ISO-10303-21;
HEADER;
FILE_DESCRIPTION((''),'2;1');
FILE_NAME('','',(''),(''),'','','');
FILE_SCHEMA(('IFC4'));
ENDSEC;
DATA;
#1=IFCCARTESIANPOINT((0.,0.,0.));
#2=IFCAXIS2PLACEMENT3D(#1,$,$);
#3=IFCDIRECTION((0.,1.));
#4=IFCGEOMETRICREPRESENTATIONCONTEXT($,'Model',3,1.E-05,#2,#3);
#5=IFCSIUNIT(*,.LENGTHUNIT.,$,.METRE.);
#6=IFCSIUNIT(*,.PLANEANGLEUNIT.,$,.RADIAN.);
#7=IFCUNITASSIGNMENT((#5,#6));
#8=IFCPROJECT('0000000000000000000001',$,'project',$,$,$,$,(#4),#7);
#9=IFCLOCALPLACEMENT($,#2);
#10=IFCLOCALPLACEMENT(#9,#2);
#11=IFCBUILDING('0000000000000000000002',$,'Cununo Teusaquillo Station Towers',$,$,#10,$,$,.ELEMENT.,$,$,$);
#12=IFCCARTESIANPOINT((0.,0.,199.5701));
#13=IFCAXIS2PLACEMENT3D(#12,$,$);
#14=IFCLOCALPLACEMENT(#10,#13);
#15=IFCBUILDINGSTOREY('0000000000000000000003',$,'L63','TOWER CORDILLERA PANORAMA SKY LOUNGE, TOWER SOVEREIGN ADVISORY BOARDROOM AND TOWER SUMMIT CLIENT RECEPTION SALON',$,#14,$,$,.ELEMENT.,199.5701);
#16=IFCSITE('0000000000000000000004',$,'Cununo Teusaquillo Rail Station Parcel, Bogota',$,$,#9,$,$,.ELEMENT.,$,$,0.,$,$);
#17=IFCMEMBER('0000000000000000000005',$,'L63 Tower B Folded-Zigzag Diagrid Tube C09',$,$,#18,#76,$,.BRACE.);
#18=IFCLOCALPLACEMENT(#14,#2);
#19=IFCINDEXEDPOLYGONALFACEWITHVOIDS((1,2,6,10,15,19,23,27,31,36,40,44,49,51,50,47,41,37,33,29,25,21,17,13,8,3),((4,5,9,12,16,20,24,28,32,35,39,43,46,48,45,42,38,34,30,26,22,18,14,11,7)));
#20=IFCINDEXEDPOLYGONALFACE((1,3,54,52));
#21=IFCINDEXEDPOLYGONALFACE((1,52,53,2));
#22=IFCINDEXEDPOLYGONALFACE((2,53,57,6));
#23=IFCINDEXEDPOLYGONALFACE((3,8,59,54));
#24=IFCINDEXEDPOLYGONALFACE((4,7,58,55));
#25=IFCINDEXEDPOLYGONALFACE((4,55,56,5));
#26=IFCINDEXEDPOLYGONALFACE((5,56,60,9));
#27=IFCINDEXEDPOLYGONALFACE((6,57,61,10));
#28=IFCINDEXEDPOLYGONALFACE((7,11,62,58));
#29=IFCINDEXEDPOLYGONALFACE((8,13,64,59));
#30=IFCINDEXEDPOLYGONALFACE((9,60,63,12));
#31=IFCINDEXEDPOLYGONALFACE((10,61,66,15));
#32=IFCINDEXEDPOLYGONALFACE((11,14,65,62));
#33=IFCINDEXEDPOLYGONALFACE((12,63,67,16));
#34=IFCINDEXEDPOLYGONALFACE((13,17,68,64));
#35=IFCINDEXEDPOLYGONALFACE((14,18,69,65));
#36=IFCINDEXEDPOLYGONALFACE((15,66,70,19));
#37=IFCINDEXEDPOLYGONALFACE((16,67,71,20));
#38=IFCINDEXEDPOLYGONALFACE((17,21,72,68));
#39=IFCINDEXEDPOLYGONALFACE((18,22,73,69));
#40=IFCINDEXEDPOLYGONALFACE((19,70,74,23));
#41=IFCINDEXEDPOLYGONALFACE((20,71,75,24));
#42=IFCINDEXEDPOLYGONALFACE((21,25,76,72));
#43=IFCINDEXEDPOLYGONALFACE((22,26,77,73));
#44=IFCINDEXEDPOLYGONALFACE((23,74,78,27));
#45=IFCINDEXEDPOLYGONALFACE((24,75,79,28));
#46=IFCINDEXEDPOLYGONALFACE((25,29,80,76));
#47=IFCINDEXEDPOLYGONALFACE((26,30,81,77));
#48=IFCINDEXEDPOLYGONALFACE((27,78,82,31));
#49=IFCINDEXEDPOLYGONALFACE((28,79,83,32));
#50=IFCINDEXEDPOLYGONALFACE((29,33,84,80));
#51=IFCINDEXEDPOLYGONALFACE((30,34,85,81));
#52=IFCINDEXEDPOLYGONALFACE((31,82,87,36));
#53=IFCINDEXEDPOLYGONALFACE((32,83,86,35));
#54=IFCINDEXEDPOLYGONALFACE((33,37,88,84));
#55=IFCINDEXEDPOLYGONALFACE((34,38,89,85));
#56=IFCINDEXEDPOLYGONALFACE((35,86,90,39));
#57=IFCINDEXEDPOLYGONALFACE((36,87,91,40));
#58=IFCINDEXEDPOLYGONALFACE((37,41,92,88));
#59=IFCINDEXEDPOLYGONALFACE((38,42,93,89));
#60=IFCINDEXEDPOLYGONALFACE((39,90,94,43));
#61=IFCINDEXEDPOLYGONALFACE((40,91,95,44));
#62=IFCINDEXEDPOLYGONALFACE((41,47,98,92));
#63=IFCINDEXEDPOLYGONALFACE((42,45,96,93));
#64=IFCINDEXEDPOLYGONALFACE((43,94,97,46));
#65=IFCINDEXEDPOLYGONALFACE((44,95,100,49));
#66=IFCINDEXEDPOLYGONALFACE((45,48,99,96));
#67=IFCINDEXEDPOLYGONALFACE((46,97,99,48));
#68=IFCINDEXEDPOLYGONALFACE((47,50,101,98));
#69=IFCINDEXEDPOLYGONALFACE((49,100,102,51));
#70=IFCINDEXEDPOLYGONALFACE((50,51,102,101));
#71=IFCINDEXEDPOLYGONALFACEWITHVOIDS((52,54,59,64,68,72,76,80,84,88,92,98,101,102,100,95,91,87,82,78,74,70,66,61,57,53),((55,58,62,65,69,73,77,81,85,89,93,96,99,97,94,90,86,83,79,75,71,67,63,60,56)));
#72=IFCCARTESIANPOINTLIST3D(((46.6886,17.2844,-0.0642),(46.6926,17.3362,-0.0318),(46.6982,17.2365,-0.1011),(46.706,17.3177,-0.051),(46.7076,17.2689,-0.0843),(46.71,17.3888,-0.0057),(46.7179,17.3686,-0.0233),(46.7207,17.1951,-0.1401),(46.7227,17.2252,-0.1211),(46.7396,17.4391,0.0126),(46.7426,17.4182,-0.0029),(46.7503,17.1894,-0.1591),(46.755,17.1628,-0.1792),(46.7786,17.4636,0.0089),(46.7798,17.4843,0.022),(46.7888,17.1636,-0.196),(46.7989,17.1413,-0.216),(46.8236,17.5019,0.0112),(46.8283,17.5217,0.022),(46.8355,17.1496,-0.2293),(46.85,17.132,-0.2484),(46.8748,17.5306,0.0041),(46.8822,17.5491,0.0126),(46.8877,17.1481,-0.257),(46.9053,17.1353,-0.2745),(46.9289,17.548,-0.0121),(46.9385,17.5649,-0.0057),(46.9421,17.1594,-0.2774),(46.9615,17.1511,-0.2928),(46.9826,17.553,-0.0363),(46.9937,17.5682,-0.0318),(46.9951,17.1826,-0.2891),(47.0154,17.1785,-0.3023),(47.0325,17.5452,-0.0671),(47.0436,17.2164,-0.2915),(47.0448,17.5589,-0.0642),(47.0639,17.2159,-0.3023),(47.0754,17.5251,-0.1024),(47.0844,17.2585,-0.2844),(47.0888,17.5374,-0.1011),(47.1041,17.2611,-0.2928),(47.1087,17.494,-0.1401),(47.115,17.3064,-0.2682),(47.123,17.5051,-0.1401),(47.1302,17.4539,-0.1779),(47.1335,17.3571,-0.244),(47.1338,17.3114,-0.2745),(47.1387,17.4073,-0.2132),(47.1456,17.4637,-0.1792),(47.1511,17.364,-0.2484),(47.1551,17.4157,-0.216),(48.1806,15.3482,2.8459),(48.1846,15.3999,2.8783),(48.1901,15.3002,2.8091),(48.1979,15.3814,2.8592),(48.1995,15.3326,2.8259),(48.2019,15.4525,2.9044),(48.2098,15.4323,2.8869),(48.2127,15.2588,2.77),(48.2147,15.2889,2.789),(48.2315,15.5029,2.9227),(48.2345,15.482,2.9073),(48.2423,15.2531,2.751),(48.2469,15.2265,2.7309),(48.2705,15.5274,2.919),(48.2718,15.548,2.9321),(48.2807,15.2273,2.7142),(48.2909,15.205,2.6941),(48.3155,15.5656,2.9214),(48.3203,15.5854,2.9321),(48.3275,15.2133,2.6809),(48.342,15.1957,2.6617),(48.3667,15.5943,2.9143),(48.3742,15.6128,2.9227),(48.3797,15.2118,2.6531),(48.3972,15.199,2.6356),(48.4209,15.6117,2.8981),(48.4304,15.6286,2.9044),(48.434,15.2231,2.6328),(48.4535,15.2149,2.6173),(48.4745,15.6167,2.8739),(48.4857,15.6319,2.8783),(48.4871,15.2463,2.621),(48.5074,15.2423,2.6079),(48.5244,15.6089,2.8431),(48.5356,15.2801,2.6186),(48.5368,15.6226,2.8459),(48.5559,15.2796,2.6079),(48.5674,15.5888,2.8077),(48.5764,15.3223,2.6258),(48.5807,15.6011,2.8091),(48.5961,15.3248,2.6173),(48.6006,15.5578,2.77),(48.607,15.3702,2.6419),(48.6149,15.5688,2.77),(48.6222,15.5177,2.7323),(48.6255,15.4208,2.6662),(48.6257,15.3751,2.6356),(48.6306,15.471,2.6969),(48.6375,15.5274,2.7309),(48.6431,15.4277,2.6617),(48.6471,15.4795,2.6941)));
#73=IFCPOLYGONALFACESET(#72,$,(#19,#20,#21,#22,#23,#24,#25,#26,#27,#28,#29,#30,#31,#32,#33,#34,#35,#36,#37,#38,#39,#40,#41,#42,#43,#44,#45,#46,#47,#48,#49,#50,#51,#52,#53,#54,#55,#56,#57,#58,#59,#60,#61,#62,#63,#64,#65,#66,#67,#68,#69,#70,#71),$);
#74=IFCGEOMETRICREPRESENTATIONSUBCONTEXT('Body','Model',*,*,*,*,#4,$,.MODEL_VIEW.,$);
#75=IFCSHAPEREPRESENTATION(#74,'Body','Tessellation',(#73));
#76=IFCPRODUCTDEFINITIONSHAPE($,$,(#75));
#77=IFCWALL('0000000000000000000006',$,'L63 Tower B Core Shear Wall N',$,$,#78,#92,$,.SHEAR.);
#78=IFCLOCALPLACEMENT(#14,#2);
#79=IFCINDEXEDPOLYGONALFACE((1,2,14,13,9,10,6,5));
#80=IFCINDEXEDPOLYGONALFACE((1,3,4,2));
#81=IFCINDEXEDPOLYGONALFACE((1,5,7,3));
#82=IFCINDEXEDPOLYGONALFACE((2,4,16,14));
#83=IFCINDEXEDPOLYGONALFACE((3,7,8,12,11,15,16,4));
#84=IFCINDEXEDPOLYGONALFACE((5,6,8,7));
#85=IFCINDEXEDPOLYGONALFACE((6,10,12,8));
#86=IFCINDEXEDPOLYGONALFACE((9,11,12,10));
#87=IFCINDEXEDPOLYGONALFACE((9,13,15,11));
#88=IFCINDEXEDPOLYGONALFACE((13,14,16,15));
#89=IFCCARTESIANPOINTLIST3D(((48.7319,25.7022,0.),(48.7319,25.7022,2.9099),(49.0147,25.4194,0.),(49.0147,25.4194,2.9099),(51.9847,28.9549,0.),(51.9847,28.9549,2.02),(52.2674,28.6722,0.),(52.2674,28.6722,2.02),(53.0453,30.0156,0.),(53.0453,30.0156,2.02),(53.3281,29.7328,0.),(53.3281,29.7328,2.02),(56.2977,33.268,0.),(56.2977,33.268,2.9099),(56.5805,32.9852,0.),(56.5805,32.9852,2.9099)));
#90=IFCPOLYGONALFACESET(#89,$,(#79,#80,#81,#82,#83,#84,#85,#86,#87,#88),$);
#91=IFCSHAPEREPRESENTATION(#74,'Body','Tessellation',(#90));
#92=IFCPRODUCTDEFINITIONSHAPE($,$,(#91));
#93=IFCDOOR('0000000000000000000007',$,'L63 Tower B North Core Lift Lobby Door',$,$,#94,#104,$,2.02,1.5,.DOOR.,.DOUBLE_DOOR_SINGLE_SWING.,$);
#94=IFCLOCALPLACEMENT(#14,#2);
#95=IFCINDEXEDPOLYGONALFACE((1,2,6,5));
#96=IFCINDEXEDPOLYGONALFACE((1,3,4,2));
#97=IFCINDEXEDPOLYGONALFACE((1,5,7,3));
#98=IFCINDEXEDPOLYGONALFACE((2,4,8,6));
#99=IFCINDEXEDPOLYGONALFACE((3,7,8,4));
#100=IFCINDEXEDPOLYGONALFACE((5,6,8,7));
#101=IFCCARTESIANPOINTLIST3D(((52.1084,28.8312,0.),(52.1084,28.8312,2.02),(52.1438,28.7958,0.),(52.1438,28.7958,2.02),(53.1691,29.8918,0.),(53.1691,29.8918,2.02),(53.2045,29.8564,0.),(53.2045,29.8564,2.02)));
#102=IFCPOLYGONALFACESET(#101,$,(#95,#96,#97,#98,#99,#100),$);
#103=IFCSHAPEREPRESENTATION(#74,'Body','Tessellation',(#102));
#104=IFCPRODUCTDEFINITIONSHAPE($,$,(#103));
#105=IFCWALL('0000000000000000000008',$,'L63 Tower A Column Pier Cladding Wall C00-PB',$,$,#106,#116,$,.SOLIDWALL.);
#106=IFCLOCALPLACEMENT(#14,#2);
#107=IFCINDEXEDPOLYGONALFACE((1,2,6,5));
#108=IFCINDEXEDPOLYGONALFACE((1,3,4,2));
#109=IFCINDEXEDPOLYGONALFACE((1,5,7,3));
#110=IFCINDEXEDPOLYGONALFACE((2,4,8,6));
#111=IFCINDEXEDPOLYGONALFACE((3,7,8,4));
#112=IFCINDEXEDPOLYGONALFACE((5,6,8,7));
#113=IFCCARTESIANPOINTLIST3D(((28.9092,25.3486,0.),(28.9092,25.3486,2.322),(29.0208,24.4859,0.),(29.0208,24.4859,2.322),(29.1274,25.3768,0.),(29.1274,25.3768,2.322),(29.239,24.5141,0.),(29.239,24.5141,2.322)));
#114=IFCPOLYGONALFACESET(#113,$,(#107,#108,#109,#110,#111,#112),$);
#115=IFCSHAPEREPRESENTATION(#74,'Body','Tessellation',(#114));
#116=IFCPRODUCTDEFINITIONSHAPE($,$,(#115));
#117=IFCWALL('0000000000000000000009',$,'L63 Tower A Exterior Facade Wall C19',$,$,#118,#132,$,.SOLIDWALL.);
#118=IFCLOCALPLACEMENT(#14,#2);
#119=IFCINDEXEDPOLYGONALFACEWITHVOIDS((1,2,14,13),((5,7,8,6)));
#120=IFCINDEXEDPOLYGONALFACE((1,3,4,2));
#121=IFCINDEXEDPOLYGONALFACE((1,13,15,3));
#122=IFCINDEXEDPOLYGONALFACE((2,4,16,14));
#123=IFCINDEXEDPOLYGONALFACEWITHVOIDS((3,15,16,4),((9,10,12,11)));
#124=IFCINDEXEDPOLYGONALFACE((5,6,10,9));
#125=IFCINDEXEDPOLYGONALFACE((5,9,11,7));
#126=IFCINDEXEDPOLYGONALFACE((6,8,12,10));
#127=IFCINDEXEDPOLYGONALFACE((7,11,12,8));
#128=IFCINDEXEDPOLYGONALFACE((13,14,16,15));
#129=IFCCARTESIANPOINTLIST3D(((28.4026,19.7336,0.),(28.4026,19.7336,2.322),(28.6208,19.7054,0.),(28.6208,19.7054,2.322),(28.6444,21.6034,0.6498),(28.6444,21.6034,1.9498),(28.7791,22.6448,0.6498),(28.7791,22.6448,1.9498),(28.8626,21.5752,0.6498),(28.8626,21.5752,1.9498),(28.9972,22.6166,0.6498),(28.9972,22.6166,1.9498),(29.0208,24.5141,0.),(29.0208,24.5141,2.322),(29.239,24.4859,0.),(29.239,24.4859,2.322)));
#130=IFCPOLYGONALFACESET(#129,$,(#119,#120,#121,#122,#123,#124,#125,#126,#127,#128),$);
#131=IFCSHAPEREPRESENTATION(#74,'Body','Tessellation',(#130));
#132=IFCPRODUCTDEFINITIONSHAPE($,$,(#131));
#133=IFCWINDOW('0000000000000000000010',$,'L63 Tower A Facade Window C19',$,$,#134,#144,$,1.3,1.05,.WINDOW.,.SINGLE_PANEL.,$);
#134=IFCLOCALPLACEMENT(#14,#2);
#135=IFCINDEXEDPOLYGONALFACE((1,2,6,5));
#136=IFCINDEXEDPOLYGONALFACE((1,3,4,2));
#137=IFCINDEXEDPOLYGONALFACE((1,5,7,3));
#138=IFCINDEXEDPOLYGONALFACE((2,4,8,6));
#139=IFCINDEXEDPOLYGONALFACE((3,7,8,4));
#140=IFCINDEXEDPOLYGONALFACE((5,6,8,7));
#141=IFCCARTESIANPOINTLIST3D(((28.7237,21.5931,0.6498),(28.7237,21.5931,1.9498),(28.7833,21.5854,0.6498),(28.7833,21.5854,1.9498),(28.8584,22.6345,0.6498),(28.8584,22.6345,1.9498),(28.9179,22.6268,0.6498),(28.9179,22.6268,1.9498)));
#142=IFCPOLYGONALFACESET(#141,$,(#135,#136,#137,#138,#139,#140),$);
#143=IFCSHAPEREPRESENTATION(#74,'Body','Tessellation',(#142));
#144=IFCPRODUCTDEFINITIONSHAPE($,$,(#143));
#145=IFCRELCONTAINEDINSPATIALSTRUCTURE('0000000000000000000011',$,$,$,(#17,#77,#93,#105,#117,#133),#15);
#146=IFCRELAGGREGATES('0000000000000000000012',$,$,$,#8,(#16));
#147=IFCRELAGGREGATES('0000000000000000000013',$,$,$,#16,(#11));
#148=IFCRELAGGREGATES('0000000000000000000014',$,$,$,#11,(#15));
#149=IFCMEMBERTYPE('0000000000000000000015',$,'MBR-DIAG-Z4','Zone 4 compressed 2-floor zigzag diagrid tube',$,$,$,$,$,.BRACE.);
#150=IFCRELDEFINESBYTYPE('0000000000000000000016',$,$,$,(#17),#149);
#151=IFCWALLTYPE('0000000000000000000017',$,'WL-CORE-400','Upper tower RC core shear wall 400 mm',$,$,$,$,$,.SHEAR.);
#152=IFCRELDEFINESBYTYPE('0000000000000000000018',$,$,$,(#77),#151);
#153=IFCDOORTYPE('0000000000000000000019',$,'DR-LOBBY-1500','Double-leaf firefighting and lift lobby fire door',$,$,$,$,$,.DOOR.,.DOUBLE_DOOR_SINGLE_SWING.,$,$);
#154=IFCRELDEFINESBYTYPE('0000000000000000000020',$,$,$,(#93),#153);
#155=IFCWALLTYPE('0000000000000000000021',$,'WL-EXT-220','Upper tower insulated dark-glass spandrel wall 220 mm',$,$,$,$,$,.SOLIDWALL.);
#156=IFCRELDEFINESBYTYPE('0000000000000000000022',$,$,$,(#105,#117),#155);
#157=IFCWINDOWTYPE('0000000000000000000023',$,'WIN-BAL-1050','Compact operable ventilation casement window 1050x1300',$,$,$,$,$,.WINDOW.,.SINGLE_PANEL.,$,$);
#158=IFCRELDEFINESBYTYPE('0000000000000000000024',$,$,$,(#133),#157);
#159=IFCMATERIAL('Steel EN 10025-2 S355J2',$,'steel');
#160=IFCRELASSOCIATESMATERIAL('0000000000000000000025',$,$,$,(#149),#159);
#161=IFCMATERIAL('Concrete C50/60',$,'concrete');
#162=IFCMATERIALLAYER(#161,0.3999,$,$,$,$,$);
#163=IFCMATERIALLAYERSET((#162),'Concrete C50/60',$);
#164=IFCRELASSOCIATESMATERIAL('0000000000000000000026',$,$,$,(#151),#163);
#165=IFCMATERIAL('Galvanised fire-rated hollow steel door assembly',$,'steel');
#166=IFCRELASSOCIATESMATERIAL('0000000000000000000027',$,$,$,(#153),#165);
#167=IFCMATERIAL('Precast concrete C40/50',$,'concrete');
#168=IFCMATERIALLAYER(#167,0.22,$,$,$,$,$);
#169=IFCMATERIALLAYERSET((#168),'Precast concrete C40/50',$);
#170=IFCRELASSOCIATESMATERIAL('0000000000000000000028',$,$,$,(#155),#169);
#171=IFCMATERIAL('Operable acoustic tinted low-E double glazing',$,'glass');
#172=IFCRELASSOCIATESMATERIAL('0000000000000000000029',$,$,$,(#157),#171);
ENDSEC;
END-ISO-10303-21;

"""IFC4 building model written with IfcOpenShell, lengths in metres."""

from ifc_helpers import new_model, si_unit, direction, frame, frame_2d, origin, origin_2d, place, context, subcontext, project, spatial, rectangle, hollow_circle, extrude, source, transform, mapped, material, layer, layer_set, material_profile, profile_set, type_object, element, fill, save


model = new_model("IFC4")

# Units and contexts
model_context = context("Model", 3, precision=1e-05, world=origin(), true_north=direction((0.0, 1.0)))
body_context = subcontext(model_context, "Body", "Model", "MODEL_VIEW")
ifc_project = project(units=[si_unit("LENGTHUNIT", "METRE"), si_unit("PLANEANGLEUNIT", "RADIAN")], contexts=[model_context])

# Site, building, storey
site_placement = place(None, origin())
site = spatial("IfcSite", under=ifc_project, at=site_placement, Name="Cununo Teusaquillo Rail Station Parcel, Bogota", CompositionType="ELEMENT", RefElevation=0.0)
building_placement = place(site_placement, origin())
building = spatial("IfcBuilding", under=site, at=building_placement, Name="Cununo Teusaquillo Station Towers", CompositionType="ELEMENT")
storey_placement = place(building_placement, frame((0.0, 0.0, 199.5701)))
storey = spatial("IfcBuildingStorey", under=building, at=storey_placement, Name="L63", Description="TOWER CORDILLERA PANORAMA SKY LOUNGE, TOWER SOVEREIGN ADVISORY BOARDROOM AND TOWER SUMMIT CLIENT RECEPTION SALON", CompositionType="ELEMENT", Elevation=199.5701)

# Member
ifc_material_1 = material(Name="Steel EN 10025-2 S355J2", Category="steel")
ifc_material_profile_1 = material_profile(ifc_material_1, hollow_circle(Radius=0.2539, WallThickness=0.0181, at=origin_2d()), Name="CHS 508x18")
ifc_profile_set_1 = profile_set([ifc_material_profile_1], Name="Steel EN 10025-2 S355J2")
member_type_1 = type_object("IfcMemberType", Name="MBR-DIAG-Z4", Description="Zone 4 compressed 2-floor zigzag diagrid tube", PredefinedType="BRACE", material=ifc_profile_set_1)
member_1_placement = place(storey_placement, frame((46.9219, 17.3501, -0.1401), z_axis=(0.392561, -0.509475, 0.765722), x_axis=(0.79213, 0.610353, 0.0)))
element("IfcMember", 1, at=member_1_placement, inside=storey, type_object=member_type_1, Name="L63 Tower B Folded-Zigzag Diagrid Tube C09", PredefinedType="BRACE", context=body_context, shape_type="SweptSolid", body=[
    extrude(hollow_circle(Radius=0.2539, WallThickness=0.0181, at=origin_2d()), origin(), (0.0, 0.0, 1.0), 3.8005),
])

# Wall, opening, door
ifc_material_2 = material(Name="Concrete C50/60", Category="concrete")
ifc_layer_1 = layer(ifc_material_2, 0.3999)
ifc_layer_set_1 = layer_set([ifc_layer_1], Name="Concrete C50/60")
wall_type_1 = type_object("IfcWallType", Name="WL-CORE-400", Description="Upper tower RC core shear wall 400 mm", PredefinedType="SHEAR", material=ifc_layer_set_1)
wall_1_placement = place(storey_placement, frame((48.8733, 25.5608, 0.0), z_axis=(0.0, 0.0, 1.0), x_axis=(0.707107, 0.707107, 0.0)))
wall_1 = element("IfcWall", 2, at=wall_1_placement, inside=storey, type_object=wall_type_1, Name="L63 Tower B Core Shear Wall N", PredefinedType="SHEAR", context=body_context, shape_type="SweptSolid", body=[
    extrude(rectangle(XDim=10.6997, YDim=0.3999, at=frame_2d((5.3499, 0.0))), origin(), (0.0, 0.0, 1.0), 2.9099),
])
shared_shape_1 = source(origin(), body_context, "Body", "SweptSolid", [
    extrude(rectangle(XDim=1.5, YDim=2.02, at=frame_2d((0.75, 1.01))), frame((0.0, 0.21, 0.0), z_axis=(0.0, -1.0, 0.0), x_axis=(1.0, 0.0, 0.0)), (0.0, 0.0, 1.0), 0.4199),
])
opening_1_placement = place(wall_1_placement, frame((4.6001, 0.0, 0.0)))
opening_1 = element("IfcOpeningElement", 3, at=opening_1_placement, cuts=wall_1, PredefinedType="OPENING", context=body_context, shape_type="MappedRepresentation", body=[
    mapped(shared_shape_1, transform((0.0, 0.0, 0.0), x_axis=(1.0, 0.0, 0.0), y_axis=(0.0, 1.0, 0.0), z_axis=(0.0, 0.0, 1.0), scale=1.0)),
])
ifc_material_3 = material(Name="Galvanised fire-rated hollow steel door assembly", Category="steel")
door_type_1 = type_object("IfcDoorType", Name="DR-LOBBY-1500", Description="Double-leaf firefighting and lift lobby fire door", OperationType="DOUBLE_DOOR_SINGLE_SWING", PredefinedType="DOOR", material=ifc_material_3)
shared_shape_2 = source(origin(), body_context, "Body", "SweptSolid", [
    extrude(rectangle(XDim=1.5, YDim=2.02, at=frame_2d((0.75, 1.01))), frame((0.0, 0.0249, 0.0), z_axis=(0.0, -1.0, 0.0), x_axis=(1.0, 0.0, 0.0)), (0.0, 0.0, 1.0), 0.05),
])
door_1_placement = place(opening_1_placement, origin())
door_1 = element("IfcDoor", 4, at=door_1_placement, inside=storey, type_object=door_type_1, Name="L63 Tower B North Core Lift Lobby Door", OperationType="DOUBLE_DOOR_SINGLE_SWING", OverallHeight=2.02, OverallWidth=1.5, PredefinedType="DOOR", context=body_context, shape_type="MappedRepresentation", body=[
    mapped(shared_shape_2, transform((0.0, 0.0, 0.0), x_axis=(1.0, 0.0, 0.0), y_axis=(0.0, 1.0, 0.0), z_axis=(0.0, 0.0, 1.0), scale=1.0)),
])
fill(opening_1, door_1)

# Wall
ifc_material_4 = material(Name="Precast concrete C40/50", Category="concrete")
ifc_layer_2 = layer(ifc_material_4, 0.22)
ifc_layer_set_2 = layer_set([ifc_layer_2], Name="Precast concrete C40/50")
wall_type_2 = type_object("IfcWallType", Name="WL-EXT-220", Description="Upper tower insulated dark-glass spandrel wall 220 mm", PredefinedType="SOLIDWALL", material=ifc_layer_set_2)
wall_2_placement = place(storey_placement, frame((29.0183, 25.3628, 0.0), z_axis=(0.0, 0.0, 1.0), x_axis=(0.128247, -0.991742, 0.0)))
element("IfcWall", 5, at=wall_2_placement, inside=storey, type_object=wall_type_2, Name="L63 Tower A Column Pier Cladding Wall C00-PB", PredefinedType="SOLIDWALL", context=body_context, shape_type="SweptSolid", body=[
    extrude(rectangle(XDim=0.8699, YDim=0.22, at=frame_2d((0.4351, 0.0))), origin(), (0.0, 0.0, 1.0), 2.322),
])

# Wall, opening, window
wall_3_placement = place(storey_placement, frame((29.1299, 24.5, 0.0), z_axis=(0.0, 0.0, 1.0), x_axis=(-0.128241, -0.991743, 0.0)))
wall_3 = element("IfcWall", 6, at=wall_3_placement, inside=storey, type_object=wall_type_2, Name="L63 Tower A Exterior Facade Wall C19", PredefinedType="SOLIDWALL", context=body_context, shape_type="SweptSolid", body=[
    extrude(rectangle(XDim=4.8203, YDim=0.22, at=frame_2d((2.4102, 0.0))), origin(), (0.0, 0.0, 1.0), 2.322),
])
shared_shape_3 = source(origin(), body_context, "Body", "SweptSolid", [
    extrude(rectangle(XDim=1.05, YDim=1.3, at=frame_2d((0.5249, 0.6499))), frame((0.0, 0.1199, 0.0), z_axis=(0.0, -1.0, 0.0), x_axis=(1.0, 0.0, 0.0)), (0.0, 0.0, 1.0), 0.24),
])
opening_2_placement = place(wall_3_placement, frame((1.885, 0.0, 0.6499)))
opening_2 = element("IfcOpeningElement", 7, at=opening_2_placement, cuts=wall_3, PredefinedType="OPENING", context=body_context, shape_type="MappedRepresentation", body=[
    mapped(shared_shape_3, transform((0.0, 0.0, 0.0), x_axis=(1.0, 0.0, 0.0), y_axis=(0.0, 1.0, 0.0), z_axis=(0.0, 0.0, 1.0), scale=1.0)),
])
ifc_material_5 = material(Name="Operable acoustic tinted low-E double glazing", Category="glass")
window_type = type_object("IfcWindowType", Name="WIN-BAL-1050", Description="Compact operable ventilation casement window 1050x1300", PartitioningType="SINGLE_PANEL", PredefinedType="WINDOW", material=ifc_material_5)
shared_shape_4 = source(origin(), body_context, "Body", "SweptSolid", [
    extrude(rectangle(XDim=1.05, YDim=1.3, at=frame_2d((0.5249, 0.6499))), frame((0.0, 0.03, 0.0), z_axis=(0.0, -1.0, 0.0), x_axis=(1.0, 0.0, 0.0)), (0.0, 0.0, 1.0), 0.0601),
])
window_1_placement = place(opening_2_placement, origin())
window_1 = element("IfcWindow", 8, at=window_1_placement, inside=storey, type_object=window_type, Name="L63 Tower A Facade Window C19", OverallHeight=1.3, OverallWidth=1.05, PartitioningType="SINGLE_PANEL", PredefinedType="WINDOW", context=body_context, shape_type="MappedRepresentation", body=[
    mapped(shared_shape_4, transform((0.0, 0.0, 0.0), x_axis=(1.0, 0.0, 0.0), y_axis=(0.0, 1.0, 0.0), z_axis=(0.0, 0.0, 1.0), scale=1.0)),
])
fill(opening_2, window_1)

save(model, "model.ifc")
